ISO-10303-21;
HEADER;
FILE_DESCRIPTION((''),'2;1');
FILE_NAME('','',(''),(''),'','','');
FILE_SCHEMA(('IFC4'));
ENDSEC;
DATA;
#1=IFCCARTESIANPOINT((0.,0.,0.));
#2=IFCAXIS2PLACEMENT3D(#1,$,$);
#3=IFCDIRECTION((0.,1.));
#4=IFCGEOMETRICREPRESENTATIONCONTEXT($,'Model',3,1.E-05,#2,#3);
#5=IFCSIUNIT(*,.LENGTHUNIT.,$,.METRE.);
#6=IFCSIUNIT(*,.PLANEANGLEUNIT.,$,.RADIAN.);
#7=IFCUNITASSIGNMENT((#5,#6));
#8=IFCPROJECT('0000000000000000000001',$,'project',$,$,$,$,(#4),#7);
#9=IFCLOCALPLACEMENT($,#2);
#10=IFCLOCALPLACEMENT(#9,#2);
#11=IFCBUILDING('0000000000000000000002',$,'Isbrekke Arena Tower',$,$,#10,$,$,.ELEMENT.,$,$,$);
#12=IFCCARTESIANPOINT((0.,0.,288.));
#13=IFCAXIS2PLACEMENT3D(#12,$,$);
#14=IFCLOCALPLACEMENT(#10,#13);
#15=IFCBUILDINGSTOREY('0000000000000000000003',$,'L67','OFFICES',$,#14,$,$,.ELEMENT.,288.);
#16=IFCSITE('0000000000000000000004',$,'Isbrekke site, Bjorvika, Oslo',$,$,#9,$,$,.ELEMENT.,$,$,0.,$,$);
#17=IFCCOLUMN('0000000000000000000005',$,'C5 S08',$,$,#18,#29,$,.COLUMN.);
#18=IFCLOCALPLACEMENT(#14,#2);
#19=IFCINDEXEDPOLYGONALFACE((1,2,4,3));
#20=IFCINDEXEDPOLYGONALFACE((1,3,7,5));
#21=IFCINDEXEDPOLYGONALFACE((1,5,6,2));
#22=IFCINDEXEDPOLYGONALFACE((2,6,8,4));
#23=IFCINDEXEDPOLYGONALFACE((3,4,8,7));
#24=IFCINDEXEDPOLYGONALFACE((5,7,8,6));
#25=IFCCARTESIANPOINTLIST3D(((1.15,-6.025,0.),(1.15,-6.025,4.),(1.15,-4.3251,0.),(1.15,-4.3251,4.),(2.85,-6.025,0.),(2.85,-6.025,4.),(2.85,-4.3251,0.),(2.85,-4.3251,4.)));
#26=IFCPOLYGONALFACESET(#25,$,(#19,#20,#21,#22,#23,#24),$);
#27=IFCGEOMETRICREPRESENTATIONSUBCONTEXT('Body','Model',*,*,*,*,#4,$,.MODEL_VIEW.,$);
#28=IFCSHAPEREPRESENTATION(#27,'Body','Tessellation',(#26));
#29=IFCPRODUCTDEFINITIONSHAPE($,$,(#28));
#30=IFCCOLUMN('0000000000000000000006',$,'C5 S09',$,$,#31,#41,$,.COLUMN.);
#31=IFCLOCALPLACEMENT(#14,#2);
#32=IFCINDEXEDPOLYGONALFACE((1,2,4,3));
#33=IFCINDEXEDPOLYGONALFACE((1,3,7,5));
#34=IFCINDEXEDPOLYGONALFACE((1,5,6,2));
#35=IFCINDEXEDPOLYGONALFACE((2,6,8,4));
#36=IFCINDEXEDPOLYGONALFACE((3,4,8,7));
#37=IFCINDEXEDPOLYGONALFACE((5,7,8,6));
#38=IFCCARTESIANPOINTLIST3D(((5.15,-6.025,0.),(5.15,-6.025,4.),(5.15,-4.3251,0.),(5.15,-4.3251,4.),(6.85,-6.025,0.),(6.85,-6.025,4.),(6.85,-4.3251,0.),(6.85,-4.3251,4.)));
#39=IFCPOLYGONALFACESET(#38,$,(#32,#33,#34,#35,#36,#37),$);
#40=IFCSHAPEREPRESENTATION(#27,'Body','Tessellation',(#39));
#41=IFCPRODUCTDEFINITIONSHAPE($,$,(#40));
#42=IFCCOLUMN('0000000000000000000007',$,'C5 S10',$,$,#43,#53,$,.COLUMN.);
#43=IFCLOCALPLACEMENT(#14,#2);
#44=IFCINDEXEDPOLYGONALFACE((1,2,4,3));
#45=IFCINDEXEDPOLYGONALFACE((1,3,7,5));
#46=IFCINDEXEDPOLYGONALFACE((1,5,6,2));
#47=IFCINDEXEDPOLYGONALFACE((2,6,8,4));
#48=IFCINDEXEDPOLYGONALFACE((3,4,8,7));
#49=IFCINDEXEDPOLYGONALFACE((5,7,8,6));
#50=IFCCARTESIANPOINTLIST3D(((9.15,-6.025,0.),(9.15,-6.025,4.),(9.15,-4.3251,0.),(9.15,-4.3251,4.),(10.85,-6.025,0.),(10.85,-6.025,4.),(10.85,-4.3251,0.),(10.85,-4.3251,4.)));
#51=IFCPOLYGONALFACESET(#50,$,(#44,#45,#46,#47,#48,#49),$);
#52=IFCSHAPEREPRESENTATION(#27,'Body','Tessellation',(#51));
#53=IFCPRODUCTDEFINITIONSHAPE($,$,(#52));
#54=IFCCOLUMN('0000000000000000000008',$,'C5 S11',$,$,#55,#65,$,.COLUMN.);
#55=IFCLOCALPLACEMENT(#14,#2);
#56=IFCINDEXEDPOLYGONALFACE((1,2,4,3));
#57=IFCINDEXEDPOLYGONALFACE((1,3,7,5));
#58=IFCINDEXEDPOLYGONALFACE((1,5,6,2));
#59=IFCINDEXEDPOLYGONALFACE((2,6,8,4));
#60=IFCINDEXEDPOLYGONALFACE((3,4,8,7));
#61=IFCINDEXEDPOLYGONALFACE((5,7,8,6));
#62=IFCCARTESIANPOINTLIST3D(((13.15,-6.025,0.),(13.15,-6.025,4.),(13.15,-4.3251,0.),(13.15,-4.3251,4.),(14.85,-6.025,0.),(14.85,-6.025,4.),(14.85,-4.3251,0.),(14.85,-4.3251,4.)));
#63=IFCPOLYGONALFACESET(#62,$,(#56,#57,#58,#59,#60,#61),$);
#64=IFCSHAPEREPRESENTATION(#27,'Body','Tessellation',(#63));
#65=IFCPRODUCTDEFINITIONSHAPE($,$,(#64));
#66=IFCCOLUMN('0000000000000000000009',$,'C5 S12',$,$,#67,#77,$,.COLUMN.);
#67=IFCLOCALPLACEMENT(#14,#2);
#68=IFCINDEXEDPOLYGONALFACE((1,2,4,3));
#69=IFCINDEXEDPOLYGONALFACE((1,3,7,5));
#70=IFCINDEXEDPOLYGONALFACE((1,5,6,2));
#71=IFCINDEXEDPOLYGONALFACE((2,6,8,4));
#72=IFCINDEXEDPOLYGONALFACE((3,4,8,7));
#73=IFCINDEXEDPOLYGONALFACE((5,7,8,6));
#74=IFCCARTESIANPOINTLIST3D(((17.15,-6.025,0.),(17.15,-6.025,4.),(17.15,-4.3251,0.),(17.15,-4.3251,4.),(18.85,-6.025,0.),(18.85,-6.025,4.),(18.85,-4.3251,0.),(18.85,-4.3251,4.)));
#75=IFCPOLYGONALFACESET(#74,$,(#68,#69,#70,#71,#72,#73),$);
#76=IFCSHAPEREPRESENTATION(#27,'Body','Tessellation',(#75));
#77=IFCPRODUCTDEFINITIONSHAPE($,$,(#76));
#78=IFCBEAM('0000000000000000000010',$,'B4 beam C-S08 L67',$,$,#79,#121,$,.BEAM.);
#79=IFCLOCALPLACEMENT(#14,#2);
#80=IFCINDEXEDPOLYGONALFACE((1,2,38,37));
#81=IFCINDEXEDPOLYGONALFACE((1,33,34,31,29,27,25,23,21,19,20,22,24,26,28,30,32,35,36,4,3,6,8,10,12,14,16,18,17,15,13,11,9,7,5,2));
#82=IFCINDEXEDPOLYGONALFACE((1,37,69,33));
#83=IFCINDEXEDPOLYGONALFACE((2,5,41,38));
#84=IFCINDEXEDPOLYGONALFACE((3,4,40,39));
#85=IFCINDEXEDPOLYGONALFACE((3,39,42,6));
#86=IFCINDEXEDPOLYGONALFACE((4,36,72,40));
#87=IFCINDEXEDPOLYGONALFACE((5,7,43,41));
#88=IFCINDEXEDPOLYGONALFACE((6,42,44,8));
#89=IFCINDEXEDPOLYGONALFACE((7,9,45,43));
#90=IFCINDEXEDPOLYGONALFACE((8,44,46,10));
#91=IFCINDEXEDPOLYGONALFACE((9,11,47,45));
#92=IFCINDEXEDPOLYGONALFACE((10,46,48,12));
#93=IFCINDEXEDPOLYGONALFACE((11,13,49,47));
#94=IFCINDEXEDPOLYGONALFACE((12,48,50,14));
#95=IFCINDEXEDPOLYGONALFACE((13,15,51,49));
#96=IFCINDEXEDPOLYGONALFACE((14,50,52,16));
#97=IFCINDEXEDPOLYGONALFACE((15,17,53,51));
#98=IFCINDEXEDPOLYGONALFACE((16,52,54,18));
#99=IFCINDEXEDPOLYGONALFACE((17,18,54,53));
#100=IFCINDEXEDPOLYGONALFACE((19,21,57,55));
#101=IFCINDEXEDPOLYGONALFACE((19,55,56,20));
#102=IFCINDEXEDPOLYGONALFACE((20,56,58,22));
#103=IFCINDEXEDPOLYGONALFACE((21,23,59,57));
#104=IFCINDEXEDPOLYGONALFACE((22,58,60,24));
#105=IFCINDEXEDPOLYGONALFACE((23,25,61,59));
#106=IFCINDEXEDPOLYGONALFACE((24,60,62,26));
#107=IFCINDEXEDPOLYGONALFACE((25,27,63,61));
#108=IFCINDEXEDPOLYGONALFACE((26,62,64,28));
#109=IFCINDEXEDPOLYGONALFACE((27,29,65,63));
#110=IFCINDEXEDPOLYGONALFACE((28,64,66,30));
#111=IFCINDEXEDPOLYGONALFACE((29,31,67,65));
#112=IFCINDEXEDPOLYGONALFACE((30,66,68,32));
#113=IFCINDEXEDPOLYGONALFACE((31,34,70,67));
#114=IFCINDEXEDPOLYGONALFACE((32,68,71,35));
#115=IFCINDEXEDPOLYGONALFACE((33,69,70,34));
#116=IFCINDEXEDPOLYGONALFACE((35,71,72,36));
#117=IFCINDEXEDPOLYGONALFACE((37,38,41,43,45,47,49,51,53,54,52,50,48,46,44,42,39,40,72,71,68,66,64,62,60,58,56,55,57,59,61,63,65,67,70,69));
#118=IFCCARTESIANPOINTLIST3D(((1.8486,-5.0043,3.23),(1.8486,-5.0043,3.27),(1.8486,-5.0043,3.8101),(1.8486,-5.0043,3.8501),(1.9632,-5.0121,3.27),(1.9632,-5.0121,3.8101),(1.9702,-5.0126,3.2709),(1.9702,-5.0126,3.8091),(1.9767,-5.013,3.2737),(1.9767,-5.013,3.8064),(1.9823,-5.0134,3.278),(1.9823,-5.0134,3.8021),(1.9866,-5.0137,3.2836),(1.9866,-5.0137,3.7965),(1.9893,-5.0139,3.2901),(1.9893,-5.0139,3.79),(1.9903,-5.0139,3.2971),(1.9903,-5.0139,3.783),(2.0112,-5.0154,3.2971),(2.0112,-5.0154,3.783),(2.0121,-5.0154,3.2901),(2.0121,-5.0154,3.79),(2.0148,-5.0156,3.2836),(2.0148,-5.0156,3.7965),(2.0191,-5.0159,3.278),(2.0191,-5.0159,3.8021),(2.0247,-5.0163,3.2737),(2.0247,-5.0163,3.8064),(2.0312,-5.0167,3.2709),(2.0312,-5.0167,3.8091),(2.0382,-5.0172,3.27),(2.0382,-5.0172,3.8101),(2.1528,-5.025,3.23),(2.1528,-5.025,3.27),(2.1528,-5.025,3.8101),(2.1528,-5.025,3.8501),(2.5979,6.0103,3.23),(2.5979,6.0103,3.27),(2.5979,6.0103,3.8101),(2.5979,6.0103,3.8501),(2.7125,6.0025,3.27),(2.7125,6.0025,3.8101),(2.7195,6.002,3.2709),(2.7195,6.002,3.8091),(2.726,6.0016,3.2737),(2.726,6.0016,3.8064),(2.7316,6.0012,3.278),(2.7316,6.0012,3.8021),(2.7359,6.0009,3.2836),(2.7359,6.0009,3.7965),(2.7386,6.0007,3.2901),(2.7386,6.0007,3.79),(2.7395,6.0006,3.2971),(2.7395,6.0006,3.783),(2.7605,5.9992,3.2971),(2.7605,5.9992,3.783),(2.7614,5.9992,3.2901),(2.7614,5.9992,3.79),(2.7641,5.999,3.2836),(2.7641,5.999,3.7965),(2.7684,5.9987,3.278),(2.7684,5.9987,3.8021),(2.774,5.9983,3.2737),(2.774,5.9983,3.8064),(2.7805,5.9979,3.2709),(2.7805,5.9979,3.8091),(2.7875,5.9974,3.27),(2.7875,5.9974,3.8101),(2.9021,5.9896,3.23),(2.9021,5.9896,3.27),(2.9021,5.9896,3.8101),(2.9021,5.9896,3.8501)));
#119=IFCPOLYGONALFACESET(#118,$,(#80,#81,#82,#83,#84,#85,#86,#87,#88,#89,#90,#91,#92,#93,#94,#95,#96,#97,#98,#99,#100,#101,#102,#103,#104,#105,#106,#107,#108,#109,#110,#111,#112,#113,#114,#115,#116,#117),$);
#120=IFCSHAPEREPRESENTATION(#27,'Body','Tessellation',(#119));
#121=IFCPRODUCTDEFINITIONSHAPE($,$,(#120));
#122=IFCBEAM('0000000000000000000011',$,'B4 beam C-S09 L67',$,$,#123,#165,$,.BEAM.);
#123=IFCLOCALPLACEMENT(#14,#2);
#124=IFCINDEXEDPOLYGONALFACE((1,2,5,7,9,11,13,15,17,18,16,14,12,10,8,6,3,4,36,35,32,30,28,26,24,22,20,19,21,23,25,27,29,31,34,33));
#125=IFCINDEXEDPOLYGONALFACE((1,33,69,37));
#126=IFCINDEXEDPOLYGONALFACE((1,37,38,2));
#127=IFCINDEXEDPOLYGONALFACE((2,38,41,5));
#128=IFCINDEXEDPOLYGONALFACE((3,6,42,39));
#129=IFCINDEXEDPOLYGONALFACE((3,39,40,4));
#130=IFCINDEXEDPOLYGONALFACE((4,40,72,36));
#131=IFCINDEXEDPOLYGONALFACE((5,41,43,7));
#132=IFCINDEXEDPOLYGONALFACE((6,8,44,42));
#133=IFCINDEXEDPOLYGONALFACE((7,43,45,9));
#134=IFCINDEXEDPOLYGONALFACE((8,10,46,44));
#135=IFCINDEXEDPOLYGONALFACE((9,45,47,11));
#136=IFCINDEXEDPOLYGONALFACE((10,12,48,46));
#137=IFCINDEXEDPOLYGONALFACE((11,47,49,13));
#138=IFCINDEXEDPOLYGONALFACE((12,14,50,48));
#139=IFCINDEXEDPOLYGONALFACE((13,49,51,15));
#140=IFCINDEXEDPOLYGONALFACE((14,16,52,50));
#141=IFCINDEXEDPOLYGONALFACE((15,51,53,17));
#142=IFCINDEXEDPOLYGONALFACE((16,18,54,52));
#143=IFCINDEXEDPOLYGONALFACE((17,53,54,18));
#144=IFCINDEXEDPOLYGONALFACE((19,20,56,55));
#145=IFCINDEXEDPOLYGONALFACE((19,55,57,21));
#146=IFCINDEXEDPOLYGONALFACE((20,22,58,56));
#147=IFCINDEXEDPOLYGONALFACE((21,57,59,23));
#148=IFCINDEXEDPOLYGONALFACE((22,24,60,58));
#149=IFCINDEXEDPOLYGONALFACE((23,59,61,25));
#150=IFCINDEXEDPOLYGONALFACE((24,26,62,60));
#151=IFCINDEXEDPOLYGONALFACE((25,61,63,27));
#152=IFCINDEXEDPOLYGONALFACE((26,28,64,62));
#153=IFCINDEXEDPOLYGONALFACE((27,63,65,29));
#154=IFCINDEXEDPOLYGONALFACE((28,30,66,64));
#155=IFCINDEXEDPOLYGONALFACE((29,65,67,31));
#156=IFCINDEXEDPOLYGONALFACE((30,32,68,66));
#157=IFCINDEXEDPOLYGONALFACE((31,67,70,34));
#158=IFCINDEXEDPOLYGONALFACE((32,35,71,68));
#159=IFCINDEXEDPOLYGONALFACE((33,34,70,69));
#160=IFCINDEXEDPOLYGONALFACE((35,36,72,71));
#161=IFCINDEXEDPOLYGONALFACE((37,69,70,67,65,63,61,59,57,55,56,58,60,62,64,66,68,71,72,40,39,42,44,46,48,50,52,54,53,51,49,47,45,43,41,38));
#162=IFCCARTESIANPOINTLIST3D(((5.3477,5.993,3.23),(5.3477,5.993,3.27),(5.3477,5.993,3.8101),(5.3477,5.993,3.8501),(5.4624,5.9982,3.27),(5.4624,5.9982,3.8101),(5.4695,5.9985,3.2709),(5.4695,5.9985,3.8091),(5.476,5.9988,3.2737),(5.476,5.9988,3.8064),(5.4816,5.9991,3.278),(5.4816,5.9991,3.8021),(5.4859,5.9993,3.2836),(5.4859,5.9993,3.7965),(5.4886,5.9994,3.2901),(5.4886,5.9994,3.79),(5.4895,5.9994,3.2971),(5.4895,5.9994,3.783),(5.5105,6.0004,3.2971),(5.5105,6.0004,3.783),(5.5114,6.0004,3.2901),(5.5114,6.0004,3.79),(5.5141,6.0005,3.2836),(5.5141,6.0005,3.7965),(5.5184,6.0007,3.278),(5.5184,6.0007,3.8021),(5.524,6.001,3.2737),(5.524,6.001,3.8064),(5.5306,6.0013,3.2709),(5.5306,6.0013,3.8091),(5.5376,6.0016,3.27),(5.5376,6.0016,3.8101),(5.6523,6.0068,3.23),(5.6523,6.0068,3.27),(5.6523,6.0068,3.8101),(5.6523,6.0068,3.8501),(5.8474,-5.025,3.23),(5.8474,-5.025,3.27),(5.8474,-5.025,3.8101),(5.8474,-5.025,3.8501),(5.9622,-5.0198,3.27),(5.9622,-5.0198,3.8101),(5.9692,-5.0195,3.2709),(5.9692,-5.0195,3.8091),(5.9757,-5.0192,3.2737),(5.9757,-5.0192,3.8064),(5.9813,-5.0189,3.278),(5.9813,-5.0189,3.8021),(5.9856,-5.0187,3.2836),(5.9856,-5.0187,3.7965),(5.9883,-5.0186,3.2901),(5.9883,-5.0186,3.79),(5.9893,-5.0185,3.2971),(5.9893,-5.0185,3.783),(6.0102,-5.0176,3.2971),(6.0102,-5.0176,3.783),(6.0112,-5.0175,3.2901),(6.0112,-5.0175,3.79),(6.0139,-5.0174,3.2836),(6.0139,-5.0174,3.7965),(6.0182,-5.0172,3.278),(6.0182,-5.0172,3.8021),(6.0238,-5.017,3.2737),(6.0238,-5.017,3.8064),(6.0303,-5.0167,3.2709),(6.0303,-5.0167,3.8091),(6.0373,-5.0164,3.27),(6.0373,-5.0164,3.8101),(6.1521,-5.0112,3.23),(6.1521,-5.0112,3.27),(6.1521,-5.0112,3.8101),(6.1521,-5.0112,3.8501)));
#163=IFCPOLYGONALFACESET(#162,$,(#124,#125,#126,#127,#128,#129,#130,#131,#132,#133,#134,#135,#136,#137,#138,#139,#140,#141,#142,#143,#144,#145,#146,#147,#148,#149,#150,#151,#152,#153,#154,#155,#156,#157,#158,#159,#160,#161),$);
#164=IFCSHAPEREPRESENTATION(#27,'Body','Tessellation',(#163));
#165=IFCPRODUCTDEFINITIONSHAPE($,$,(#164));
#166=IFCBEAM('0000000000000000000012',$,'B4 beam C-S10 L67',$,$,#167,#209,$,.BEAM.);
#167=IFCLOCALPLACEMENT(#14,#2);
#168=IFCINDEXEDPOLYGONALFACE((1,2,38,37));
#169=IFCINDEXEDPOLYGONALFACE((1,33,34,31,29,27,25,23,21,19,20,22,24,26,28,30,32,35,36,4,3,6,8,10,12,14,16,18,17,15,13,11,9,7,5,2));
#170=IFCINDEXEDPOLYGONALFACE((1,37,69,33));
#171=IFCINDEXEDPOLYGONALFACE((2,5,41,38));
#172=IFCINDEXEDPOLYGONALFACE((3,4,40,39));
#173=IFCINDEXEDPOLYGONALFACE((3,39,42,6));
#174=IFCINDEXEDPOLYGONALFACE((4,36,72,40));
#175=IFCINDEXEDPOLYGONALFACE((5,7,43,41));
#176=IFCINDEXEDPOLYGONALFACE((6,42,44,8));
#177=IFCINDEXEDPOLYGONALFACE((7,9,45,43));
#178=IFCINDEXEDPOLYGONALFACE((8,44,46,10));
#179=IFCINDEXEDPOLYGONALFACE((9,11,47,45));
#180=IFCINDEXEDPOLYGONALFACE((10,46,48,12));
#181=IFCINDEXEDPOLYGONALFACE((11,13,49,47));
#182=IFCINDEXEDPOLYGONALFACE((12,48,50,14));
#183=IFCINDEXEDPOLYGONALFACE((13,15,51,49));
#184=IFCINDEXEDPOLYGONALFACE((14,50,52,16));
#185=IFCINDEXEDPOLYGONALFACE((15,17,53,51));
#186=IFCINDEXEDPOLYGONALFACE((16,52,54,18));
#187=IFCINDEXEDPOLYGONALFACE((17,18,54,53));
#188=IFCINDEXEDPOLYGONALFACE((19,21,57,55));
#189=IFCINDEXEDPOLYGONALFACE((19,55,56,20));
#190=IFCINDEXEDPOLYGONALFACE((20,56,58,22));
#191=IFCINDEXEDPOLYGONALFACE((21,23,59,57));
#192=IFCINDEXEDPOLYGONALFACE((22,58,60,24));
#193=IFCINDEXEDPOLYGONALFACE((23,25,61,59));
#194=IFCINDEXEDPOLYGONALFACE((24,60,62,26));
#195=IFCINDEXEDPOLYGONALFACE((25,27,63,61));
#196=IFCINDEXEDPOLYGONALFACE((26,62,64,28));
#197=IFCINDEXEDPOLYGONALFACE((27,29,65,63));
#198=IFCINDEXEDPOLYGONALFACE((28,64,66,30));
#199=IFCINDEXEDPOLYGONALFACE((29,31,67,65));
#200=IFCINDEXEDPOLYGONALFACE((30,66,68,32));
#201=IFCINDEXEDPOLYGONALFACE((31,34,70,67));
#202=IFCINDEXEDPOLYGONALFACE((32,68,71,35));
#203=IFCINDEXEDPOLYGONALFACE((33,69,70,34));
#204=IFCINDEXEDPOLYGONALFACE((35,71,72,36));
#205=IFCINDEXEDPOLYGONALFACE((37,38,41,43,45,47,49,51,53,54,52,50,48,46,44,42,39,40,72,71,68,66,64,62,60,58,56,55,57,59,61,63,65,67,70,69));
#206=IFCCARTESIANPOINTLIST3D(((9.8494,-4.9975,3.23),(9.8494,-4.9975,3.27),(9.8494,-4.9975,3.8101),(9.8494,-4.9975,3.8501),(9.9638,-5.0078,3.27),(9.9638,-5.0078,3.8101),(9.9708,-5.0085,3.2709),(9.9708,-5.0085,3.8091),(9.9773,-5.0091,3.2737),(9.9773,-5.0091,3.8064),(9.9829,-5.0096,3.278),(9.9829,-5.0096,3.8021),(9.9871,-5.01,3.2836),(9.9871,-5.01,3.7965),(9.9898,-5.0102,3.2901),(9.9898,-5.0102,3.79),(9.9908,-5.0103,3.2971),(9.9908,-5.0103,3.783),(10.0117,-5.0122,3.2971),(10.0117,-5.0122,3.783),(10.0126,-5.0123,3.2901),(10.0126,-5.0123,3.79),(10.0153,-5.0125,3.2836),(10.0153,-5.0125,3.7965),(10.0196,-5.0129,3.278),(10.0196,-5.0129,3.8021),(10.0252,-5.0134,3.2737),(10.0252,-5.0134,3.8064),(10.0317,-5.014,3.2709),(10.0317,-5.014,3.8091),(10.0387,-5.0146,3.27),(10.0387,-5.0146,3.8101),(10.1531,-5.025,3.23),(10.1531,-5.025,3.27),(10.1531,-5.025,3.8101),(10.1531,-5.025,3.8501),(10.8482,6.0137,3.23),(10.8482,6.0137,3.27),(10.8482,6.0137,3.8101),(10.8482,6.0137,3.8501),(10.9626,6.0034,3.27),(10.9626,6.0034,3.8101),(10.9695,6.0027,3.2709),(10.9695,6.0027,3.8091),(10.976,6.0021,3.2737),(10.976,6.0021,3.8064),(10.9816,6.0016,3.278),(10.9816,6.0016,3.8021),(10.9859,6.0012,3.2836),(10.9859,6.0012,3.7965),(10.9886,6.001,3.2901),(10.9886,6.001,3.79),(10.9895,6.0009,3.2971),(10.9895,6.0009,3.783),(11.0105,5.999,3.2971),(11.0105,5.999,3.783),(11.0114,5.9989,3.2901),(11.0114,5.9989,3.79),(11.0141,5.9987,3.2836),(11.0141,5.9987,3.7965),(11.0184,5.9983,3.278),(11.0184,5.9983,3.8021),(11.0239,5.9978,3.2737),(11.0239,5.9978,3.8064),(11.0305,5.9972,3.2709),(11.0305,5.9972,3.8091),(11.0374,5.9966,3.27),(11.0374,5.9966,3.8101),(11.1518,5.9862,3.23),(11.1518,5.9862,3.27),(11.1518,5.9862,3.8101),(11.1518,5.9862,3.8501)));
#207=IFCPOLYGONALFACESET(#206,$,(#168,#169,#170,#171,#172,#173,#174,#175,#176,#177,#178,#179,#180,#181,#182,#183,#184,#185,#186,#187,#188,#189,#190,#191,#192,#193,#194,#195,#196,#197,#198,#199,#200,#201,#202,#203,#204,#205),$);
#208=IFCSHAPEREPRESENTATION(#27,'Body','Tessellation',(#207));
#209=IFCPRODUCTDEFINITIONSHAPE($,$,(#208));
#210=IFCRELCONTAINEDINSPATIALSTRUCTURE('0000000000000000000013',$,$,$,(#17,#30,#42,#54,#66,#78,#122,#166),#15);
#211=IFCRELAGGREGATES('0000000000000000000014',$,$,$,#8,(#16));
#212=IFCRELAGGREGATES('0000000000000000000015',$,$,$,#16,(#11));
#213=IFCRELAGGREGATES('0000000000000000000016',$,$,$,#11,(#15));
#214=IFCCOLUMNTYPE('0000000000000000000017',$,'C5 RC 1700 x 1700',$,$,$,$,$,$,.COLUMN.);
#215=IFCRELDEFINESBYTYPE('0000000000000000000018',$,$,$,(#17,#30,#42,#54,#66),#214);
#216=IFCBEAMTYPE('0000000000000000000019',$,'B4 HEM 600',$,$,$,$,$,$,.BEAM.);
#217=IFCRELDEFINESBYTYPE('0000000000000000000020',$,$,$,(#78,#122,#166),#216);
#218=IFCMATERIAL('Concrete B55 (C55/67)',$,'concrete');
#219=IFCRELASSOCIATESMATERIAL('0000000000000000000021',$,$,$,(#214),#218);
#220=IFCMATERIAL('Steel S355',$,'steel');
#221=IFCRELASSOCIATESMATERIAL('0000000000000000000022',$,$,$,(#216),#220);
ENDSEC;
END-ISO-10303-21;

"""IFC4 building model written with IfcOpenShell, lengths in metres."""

from ifc_helpers import new_model, si_unit, direction, frame, origin, origin_2d, place, context, subcontext, project, spatial, rectangle, i_section, extrude, material, material_profile, profile_set, type_object, element, save


model = new_model("IFC4")

# Units and contexts
model_context = context("Model", 3, precision=1e-05, world=origin(), true_north=direction((0.0, 1.0)))
body_context = subcontext(model_context, "Body", "Model", "MODEL_VIEW")
ifc_project = project(units=[si_unit("LENGTHUNIT", "METRE"), si_unit("PLANEANGLEUNIT", "RADIAN")], contexts=[model_context])

# Site, building, storey
site_placement = place(None, origin())
site = spatial("IfcSite", under=ifc_project, at=site_placement, Name="Isbrekke site, Bjorvika, Oslo", CompositionType="ELEMENT", RefElevation=0.0)
building_placement = place(site_placement, origin())
building = spatial("IfcBuilding", under=site, at=building_placement, Name="Isbrekke Arena Tower", CompositionType="ELEMENT")
storey_placement = place(building_placement, frame((0.0, 0.0, 288.0)))
storey = spatial("IfcBuildingStorey", under=building, at=storey_placement, Name="L67", Description="OFFICES", CompositionType="ELEMENT", Elevation=288.0)

# Columns
ifc_material_1 = material(Name="Concrete B55 (C55/67)", Category="concrete")
ifc_material_profile_1 = material_profile(ifc_material_1, rectangle(XDim=1.7, YDim=1.7, at=origin_2d()), Name="RC 1700x1700")
ifc_profile_set_1 = profile_set([ifc_material_profile_1], Name="Concrete B55 (C55/67)")
column_type = type_object("IfcColumnType", Name="C5 RC 1700 x 1700", PredefinedType="COLUMN", material=ifc_profile_set_1)
for number, where, z_axis, x_axis, name in (
    (1, (2.0, -5.175, 0.0), (0.0, 0.0, 1.0), (1.0, 0.0, 0.0), "C5 S08"),
    (2, (6.0, -5.175, 0.0), (0.0, 0.0, 1.0), (1.0, 0.0, 0.0), "C5 S09"),
    (3, (10.0, -5.175, 0.0), (0.0, 0.0, 1.0), (1.0, 0.0, 0.0), "C5 S10"),
    (4, (14.0, -5.175, 0.0), (0.0, 0.0, 1.0), (1.0, 0.0, 0.0), "C5 S11"),
    (5, (18.0, -5.175, 0.0), (0.0, 0.0, 1.0), (1.0, 0.0, 0.0), "C5 S12"),
):
    element("IfcColumn", number, at=place(storey_placement, frame(where, z_axis=z_axis, x_axis=x_axis)), inside=storey, type_object=column_type, Name=name, PredefinedType="COLUMN", context=body_context, shape_type="SweptSolid", body=[
        extrude(rectangle(XDim=1.7, YDim=1.7, at=origin_2d()), origin(), (0.0, 0.0, 1.0), 4.0),
    ])

# Beams
ifc_material_2 = material(Name="Steel S355", Category="steel")
ifc_material_profile_2 = material_profile(ifc_material_2, i_section(OverallWidth=0.3049, OverallDepth=0.6201, WebThickness=0.021, FlangeThickness=0.04, FilletRadius=0.0271, at=origin_2d()), Name="HEM 600")
ifc_profile_set_2 = profile_set([ifc_material_profile_2], Name="Steel S355")
beam_type_1 = type_object("IfcBeamType", Name="B4 HEM 600", PredefinedType="BEAM", material=ifc_profile_set_2)
beam_1_placement = place(storey_placement, frame((2.0007, -5.0146, 3.54), z_axis=(0.067868, 0.997694, 0.0), x_axis=(-0.997694, 0.067868, 0.0)))
element("IfcBeam", 6, at=beam_1_placement, inside=storey, type_object=beam_type_1, Name="B4 beam C-S08 L67", PredefinedType="BEAM", context=body_context, shape_type="SweptSolid", body=[
    extrude(i_section(OverallWidth=0.3049, OverallDepth=0.6201, WebThickness=0.021, FlangeThickness=0.04, FilletRadius=0.0271, at=origin_2d()), origin(), (0.0, 0.0, 1.0), 11.04),
])
beam_2_placement = place(storey_placement, frame((5.9998, -5.0181, 3.54), z_axis=(-0.045311, 0.998973, 0.0), x_axis=(-0.998973, -0.045311, 0.0)))
element("IfcBeam", 7, at=beam_2_placement, inside=storey, type_object=beam_type_1, Name="B4 beam C-S09 L67", PredefinedType="BEAM", context=body_context, shape_type="SweptSolid", body=[
    extrude(i_section(OverallWidth=0.3049, OverallDepth=0.6201, WebThickness=0.021, FlangeThickness=0.04, FilletRadius=0.0271, at=origin_2d()), origin(), (0.0, 0.0, 1.0), 11.0293),
])
beam_3_placement = place(storey_placement, frame((10.0012, -5.0112, 3.54), z_axis=(0.090335, 0.995911, 0.0), x_axis=(-0.995911, 0.090335, 0.0)))
element("IfcBeam", 8, at=beam_3_placement, inside=storey, type_object=beam_type_1, Name="B4 beam C-S10 L67", PredefinedType="BEAM", context=body_context, shape_type="SweptSolid", body=[
    extrude(i_section(OverallWidth=0.3049, OverallDepth=0.6201, WebThickness=0.021, FlangeThickness=0.04, FilletRadius=0.0271, at=origin_2d()), origin(), (0.0, 0.0, 1.0), 11.0564),
])

save(model, "model.ifc")
